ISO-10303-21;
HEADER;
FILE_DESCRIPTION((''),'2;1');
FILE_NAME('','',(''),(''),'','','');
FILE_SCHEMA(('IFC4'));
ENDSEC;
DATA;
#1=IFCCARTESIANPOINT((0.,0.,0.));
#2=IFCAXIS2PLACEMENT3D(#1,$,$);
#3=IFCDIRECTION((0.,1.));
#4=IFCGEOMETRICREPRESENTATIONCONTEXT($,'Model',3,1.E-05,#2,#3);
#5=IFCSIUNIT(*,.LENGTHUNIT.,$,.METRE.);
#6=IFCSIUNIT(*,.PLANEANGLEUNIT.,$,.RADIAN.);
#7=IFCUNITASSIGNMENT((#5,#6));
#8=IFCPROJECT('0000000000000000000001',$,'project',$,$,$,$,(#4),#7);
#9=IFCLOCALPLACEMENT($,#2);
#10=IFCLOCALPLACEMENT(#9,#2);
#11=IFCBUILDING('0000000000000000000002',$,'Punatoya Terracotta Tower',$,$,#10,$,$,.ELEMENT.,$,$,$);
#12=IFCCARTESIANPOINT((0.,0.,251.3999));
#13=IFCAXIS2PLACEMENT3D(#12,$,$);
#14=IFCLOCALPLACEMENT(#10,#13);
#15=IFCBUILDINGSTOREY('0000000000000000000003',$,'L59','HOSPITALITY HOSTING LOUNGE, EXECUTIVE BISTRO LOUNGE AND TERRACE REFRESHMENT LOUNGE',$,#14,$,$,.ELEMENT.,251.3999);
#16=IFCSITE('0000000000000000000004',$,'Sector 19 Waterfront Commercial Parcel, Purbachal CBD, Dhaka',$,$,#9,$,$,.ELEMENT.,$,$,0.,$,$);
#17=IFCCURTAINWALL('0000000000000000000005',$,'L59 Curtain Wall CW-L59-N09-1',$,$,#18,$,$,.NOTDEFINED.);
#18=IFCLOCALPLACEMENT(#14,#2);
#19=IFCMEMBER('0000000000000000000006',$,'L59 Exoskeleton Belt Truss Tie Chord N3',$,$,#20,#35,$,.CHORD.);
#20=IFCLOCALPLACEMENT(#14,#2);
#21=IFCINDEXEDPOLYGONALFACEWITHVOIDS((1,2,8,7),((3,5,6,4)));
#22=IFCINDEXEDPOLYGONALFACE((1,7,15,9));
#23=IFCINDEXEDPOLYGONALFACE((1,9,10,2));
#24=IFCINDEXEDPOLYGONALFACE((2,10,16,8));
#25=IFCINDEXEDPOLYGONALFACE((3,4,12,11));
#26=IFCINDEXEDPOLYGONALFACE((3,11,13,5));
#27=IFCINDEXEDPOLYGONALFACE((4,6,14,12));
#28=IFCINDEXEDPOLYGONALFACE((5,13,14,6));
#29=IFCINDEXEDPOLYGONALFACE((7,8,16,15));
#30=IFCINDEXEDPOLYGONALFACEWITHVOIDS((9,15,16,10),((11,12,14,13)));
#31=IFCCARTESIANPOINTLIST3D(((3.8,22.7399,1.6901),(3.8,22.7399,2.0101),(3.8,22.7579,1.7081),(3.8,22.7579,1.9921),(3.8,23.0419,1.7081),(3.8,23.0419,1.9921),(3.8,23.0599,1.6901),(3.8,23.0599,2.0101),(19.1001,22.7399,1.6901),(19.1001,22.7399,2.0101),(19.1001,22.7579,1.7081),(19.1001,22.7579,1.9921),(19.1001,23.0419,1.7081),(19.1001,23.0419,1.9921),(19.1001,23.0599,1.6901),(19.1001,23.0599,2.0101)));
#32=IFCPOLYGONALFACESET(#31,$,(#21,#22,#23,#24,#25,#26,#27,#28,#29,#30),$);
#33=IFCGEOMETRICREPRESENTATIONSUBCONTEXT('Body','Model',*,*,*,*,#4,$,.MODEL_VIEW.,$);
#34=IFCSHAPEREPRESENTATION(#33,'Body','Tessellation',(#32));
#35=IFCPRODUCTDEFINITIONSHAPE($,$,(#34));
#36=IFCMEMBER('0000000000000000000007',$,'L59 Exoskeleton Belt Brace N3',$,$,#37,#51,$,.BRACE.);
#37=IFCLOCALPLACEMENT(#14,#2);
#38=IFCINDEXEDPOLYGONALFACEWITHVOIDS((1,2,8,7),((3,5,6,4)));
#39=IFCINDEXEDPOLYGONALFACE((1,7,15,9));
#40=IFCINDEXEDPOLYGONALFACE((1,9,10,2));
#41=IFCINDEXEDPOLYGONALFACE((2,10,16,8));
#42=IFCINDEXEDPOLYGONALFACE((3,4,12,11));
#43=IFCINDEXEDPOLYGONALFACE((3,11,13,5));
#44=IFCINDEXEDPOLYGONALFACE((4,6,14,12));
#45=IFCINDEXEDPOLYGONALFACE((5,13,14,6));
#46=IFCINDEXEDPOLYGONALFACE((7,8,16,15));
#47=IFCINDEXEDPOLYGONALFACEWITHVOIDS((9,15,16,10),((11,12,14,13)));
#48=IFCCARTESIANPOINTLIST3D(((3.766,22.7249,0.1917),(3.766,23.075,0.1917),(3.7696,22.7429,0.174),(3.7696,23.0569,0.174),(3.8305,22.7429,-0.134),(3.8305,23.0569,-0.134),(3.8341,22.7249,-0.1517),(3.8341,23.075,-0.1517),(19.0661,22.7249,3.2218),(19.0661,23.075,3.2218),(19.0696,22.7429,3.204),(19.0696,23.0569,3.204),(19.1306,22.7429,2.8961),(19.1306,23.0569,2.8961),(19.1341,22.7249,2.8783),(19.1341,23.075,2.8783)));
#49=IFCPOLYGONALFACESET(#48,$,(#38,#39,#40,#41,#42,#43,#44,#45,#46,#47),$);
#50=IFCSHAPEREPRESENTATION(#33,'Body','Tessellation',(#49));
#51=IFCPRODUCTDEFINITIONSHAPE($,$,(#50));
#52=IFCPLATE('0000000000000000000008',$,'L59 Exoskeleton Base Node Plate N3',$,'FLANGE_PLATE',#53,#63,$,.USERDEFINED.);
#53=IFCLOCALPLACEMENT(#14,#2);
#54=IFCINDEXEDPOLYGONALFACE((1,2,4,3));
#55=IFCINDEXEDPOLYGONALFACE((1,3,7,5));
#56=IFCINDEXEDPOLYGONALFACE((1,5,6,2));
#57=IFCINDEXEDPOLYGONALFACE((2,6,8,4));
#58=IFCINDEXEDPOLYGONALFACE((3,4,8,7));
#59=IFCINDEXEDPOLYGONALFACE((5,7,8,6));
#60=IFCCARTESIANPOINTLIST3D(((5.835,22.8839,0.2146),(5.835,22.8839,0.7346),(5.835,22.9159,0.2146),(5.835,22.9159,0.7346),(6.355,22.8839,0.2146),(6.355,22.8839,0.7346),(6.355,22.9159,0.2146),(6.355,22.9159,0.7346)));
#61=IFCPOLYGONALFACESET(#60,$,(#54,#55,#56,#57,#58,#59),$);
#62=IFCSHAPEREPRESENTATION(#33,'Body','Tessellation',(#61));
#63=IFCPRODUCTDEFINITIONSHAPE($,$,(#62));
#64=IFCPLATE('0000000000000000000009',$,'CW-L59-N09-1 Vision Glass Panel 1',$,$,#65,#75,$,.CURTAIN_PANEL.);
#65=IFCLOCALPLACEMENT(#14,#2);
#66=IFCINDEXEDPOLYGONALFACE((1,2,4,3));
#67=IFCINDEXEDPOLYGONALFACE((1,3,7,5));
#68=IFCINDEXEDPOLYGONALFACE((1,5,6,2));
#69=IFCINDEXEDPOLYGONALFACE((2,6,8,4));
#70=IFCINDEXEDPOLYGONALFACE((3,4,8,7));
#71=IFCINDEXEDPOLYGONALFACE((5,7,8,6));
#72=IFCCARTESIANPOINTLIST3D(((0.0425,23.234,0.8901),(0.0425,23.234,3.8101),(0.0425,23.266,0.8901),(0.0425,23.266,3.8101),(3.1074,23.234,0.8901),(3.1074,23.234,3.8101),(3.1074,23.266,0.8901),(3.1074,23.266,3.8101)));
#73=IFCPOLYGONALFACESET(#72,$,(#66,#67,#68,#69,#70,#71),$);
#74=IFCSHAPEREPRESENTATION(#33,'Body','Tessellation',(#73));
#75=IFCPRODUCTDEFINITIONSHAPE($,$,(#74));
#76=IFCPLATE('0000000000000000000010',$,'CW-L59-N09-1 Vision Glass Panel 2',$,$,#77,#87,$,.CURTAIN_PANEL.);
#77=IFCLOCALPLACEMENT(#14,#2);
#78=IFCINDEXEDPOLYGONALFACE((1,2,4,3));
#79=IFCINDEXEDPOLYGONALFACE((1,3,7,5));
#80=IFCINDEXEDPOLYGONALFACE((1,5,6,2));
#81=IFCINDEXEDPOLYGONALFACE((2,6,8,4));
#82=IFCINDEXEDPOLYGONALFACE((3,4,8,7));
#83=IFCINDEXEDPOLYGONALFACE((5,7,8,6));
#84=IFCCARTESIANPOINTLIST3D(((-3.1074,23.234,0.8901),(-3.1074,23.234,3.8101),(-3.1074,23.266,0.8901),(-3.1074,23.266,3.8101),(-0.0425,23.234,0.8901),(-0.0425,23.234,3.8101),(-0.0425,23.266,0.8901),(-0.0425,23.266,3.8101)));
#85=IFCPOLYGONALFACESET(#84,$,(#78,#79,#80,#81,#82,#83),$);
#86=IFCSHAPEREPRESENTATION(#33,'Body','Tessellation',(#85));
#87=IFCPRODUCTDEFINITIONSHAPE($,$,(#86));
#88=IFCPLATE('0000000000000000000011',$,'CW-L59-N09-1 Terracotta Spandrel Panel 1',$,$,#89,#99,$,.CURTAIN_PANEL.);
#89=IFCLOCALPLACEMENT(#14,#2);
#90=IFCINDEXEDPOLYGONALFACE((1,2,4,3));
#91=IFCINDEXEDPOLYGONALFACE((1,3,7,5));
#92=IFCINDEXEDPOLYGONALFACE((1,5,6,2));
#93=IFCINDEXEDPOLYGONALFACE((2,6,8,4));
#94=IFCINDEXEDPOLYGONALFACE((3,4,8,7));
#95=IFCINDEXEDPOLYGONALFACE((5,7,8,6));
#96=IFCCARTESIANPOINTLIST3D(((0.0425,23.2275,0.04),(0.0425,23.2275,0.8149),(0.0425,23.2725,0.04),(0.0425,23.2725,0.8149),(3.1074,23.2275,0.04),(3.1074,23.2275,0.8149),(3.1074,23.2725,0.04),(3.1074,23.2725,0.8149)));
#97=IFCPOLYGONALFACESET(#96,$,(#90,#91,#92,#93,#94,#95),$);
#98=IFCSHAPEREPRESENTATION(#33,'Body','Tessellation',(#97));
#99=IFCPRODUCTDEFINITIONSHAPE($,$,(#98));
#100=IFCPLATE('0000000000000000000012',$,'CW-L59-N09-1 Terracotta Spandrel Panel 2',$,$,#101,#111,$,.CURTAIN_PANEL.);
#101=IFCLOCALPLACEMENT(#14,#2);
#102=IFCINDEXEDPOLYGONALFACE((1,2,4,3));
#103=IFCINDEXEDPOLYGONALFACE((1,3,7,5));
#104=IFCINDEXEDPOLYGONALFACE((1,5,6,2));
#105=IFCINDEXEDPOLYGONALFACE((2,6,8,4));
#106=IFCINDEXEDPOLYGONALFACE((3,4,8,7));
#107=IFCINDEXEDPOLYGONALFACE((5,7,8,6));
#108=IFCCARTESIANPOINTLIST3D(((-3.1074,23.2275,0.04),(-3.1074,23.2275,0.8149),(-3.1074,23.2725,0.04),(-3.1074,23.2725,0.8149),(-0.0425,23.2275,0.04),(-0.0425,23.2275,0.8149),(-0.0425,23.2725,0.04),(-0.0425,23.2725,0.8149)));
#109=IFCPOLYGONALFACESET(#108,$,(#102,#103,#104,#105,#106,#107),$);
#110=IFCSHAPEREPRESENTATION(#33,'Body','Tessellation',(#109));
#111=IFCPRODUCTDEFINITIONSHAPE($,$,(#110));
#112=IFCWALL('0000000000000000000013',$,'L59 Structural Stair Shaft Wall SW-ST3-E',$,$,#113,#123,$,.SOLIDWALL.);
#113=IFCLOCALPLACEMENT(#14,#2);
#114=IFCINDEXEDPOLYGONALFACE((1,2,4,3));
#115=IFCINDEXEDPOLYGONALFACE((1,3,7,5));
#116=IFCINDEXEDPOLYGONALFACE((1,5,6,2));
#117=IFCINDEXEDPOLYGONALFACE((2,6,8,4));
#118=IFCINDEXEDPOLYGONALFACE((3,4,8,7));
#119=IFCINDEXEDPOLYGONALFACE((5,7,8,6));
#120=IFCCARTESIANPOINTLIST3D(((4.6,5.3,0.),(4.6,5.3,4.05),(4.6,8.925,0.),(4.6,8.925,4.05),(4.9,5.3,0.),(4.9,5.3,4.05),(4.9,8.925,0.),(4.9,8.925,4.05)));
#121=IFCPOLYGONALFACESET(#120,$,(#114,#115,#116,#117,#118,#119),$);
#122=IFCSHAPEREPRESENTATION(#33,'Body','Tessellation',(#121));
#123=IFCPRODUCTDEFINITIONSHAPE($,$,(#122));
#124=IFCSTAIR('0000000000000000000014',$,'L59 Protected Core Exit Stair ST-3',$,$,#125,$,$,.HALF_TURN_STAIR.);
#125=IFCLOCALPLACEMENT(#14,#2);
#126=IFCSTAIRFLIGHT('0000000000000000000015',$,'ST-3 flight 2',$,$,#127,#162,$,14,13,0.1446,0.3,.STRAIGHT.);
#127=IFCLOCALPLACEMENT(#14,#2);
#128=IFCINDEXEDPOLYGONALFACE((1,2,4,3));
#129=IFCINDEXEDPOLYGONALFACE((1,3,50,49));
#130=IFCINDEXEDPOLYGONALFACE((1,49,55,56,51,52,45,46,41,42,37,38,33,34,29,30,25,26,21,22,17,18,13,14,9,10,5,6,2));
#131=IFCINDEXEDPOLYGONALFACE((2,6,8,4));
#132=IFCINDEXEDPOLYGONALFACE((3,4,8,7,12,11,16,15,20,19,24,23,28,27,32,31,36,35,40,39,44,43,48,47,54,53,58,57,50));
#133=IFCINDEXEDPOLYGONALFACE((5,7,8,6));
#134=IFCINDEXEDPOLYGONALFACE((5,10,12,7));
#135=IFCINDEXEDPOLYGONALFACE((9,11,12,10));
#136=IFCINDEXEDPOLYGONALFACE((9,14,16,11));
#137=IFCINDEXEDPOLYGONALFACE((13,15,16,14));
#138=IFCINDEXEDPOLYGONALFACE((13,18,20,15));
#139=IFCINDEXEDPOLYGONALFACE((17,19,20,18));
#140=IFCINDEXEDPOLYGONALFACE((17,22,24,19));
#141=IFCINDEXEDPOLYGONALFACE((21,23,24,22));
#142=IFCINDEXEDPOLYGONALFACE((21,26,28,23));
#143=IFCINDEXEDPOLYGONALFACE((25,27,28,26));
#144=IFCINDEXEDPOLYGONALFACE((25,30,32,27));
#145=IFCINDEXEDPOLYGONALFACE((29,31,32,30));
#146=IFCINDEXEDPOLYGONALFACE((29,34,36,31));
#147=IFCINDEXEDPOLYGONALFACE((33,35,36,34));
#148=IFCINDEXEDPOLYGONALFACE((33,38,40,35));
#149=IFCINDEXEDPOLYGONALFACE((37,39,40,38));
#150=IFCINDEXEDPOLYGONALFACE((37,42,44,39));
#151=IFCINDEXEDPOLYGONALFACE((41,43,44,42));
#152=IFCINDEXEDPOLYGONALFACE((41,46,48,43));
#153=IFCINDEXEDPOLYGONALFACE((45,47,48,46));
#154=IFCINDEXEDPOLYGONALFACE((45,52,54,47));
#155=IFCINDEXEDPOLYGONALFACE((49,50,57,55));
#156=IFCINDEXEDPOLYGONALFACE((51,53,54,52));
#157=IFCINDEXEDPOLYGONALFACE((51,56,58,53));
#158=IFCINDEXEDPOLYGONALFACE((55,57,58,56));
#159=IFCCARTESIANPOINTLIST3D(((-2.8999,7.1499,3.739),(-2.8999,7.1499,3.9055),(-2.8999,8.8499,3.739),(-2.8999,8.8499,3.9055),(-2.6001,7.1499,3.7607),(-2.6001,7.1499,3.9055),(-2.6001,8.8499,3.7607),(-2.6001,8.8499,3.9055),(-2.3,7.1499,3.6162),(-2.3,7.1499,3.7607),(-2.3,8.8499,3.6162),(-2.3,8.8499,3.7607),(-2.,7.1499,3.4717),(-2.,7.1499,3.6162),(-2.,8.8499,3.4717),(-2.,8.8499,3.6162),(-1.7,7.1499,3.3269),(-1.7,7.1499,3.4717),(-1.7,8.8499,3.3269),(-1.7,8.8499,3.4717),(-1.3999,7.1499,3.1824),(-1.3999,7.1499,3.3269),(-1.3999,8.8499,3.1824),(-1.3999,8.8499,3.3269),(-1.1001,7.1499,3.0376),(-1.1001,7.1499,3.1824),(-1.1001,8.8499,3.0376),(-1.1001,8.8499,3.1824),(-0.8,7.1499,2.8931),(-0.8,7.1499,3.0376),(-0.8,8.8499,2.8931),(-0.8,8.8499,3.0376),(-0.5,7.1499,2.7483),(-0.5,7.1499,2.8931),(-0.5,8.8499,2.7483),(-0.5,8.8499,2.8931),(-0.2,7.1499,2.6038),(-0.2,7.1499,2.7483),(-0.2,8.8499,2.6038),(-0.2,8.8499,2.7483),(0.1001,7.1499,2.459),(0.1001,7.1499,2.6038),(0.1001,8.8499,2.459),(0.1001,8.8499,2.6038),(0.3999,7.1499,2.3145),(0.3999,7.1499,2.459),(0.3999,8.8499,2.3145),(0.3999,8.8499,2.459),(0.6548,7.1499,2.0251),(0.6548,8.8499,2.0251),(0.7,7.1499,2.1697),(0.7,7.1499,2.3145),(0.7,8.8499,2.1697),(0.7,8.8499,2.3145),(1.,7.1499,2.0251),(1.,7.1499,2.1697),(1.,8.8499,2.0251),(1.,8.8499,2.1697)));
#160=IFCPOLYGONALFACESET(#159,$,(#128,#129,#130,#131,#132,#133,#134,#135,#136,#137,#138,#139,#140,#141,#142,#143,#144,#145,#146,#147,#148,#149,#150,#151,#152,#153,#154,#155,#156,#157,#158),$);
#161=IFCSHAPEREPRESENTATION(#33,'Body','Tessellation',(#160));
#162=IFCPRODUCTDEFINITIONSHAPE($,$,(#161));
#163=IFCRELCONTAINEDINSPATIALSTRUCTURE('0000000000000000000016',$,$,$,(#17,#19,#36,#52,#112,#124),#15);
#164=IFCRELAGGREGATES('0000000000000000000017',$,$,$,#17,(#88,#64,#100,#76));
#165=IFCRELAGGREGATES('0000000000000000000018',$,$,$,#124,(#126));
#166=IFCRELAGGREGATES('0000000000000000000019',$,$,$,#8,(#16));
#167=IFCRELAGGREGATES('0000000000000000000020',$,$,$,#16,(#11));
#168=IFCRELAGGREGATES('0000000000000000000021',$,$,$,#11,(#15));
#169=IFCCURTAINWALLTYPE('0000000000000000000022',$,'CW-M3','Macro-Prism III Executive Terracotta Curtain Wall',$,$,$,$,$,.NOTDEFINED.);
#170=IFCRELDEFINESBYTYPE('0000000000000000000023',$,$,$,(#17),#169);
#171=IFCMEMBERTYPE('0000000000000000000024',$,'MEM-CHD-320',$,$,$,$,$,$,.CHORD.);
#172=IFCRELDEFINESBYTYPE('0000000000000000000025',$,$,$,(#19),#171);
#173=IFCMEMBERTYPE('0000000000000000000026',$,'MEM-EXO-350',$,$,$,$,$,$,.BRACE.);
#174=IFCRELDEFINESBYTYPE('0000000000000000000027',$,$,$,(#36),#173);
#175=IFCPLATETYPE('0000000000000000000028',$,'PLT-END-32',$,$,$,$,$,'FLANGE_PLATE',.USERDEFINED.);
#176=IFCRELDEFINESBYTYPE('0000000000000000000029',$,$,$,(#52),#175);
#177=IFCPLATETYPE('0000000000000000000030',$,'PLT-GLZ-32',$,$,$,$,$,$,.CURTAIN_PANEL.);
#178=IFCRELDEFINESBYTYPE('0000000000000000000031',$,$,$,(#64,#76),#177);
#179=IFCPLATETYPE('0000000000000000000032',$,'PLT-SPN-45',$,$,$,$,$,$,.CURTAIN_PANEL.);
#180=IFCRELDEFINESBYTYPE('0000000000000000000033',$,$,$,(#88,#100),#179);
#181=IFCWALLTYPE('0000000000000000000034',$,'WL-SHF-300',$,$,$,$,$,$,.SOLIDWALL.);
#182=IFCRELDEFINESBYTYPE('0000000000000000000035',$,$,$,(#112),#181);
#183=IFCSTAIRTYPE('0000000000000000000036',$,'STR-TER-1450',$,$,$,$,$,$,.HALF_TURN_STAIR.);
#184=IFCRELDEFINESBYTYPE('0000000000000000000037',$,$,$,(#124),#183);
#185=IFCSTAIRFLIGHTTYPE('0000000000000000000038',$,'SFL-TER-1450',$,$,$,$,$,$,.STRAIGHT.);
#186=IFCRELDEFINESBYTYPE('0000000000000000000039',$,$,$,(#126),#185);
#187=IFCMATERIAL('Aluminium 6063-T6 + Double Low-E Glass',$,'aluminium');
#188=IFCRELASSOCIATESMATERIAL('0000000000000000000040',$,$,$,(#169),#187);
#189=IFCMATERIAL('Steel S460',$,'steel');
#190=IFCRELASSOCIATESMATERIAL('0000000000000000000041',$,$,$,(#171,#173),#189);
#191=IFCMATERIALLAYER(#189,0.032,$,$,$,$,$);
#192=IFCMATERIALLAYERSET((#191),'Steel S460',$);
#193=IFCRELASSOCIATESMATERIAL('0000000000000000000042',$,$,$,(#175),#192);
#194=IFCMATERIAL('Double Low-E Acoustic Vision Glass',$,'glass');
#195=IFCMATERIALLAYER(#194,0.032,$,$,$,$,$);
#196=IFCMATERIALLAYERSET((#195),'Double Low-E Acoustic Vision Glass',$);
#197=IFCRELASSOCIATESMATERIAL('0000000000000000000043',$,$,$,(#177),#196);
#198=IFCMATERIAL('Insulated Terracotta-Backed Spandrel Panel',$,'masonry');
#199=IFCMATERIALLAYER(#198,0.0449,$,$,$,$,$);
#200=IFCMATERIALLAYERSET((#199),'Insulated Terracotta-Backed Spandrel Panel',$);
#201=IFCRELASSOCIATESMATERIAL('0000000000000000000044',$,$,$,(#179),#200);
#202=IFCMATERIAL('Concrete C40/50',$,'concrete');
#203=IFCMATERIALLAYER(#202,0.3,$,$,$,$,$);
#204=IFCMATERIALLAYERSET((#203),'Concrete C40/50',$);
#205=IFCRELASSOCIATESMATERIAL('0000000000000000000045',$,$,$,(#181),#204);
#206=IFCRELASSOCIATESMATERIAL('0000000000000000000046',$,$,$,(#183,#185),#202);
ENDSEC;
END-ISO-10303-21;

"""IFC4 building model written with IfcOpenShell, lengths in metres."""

from ifc_helpers import new_model, si_unit, direction, frame, frame_2d, origin, origin_2d, place, context, subcontext, project, spatial, polyline, rectangle, hollow_rectangle, outline, extrude, material, layer, layer_set, material_profile, profile_set, type_object, element, aggregate, save


model = new_model("IFC4")

# Units and contexts
model_context = context("Model", 3, precision=1e-05, world=origin(), true_north=direction((0.0, 1.0)))
body_context = subcontext(model_context, "Body", "Model", "MODEL_VIEW")
ifc_project = project(units=[si_unit("LENGTHUNIT", "METRE"), si_unit("PLANEANGLEUNIT", "RADIAN")], contexts=[model_context])

# Site, building, storey
site_placement = place(None, origin())
site = spatial("IfcSite", under=ifc_project, at=site_placement, Name="Sector 19 Waterfront Commercial Parcel, Purbachal CBD, Dhaka", CompositionType="ELEMENT", RefElevation=0.0)
building_placement = place(site_placement, origin())
building = spatial("IfcBuilding", under=site, at=building_placement, Name="Punatoya Terracotta Tower", CompositionType="ELEMENT")
storey_placement = place(building_placement, frame((0.0, 0.0, 251.3999)))
storey = spatial("IfcBuildingStorey", under=building, at=storey_placement, Name="L59", Description="HOSPITALITY HOSTING LOUNGE, EXECUTIVE BISTRO LOUNGE AND TERRACE REFRESHMENT LOUNGE", CompositionType="ELEMENT", Elevation=251.3999)

# Shared definitions
ifc_material_1 = material(Name="Steel S460", Category="steel")

# Curtain wall
ifc_material_2 = material(Name="Aluminium 6063-T6 + Double Low-E Glass", Category="aluminium")
curtain_wall_type = type_object("IfcCurtainWallType", Name="CW-M3", Description="Macro-Prism III Executive Terracotta Curtain Wall", PredefinedType="NOTDEFINED", material=ifc_material_2)
curtain_wall_placement = place(storey_placement, origin())
curtain_wall = element("IfcCurtainWall", 1, at=curtain_wall_placement, inside=storey, type_object=curtain_wall_type, Name="L59 Curtain Wall CW-L59-N09-1", PredefinedType="NOTDEFINED")

# Members
ifc_material_profile_1 = material_profile(ifc_material_1, hollow_rectangle(XDim=0.3201, YDim=0.3201, WallThickness=0.0181, at=origin_2d()))
ifc_profile_set_1 = profile_set([ifc_material_profile_1], Name="Steel S460")
member_type_1 = type_object("IfcMemberType", Name="MEM-CHD-320", PredefinedType="CHORD", material=ifc_profile_set_1)
member_1_placement = place(storey_placement, frame((3.8, 22.8999, 1.8501), z_axis=(1.0, 0.0, 0.0), x_axis=(0.0, 1.0, 0.0)))
element("IfcMember", 2, at=member_1_placement, inside=storey, type_object=member_type_1, Name="L59 Exoskeleton Belt Truss Tie Chord N3", PredefinedType="CHORD", context=body_context, shape_type="SweptSolid", body=[
    extrude(hollow_rectangle(XDim=0.3201, YDim=0.3201, WallThickness=0.0181, at=origin_2d()), origin(), (0.0, 0.0, 1.0), 15.3),
])
ifc_material_profile_2 = material_profile(ifc_material_1, hollow_rectangle(XDim=0.3501, YDim=0.3501, WallThickness=0.0181, at=origin_2d()))
ifc_profile_set_2 = profile_set([ifc_material_profile_2], Name="Steel S460")
member_type_2 = type_object("IfcMemberType", Name="MEM-EXO-350", PredefinedType="BRACE", material=ifc_profile_set_2)
member_2_placement = place(storey_placement, frame((3.8, 22.8999, 0.02), z_axis=(0.980949, 0.0, 0.194268), x_axis=(0.0, 1.0, 0.0)))
element("IfcMember", 3, at=member_2_placement, inside=storey, type_object=member_type_2, Name="L59 Exoskeleton Belt Brace N3", PredefinedType="BRACE", context=body_context, shape_type="SweptSolid", body=[
    extrude(hollow_rectangle(XDim=0.3501, YDim=0.3501, WallThickness=0.0181, at=origin_2d()), origin(), (0.0, 0.0, 1.0), 15.5972),
])

# Plates
ifc_layer_1 = layer(ifc_material_1, 0.032)
ifc_layer_set_1 = layer_set([ifc_layer_1], Name="Steel S460")
plate_type_1 = type_object("IfcPlateType", Name="PLT-END-32", ElementType="FLANGE_PLATE", PredefinedType="USERDEFINED", material=ifc_layer_set_1)
plate_1_placement = place(storey_placement, frame((6.095, 22.8999, 0.2146), z_axis=(0.0, 0.0, 1.0), x_axis=(1.0, 0.0, 0.0)))
element("IfcPlate", 4, at=plate_1_placement, inside=storey, type_object=plate_type_1, Name="L59 Exoskeleton Base Node Plate N3", ObjectType="FLANGE_PLATE", PredefinedType="USERDEFINED", context=body_context, shape_type="SweptSolid", body=[
    extrude(rectangle(XDim=0.52, YDim=0.032, at=origin_2d()), origin(), (0.0, 0.0, 1.0), 0.52),
])
ifc_material_3 = material(Name="Double Low-E Acoustic Vision Glass", Category="glass")
ifc_layer_2 = layer(ifc_material_3, 0.032)
ifc_layer_set_2 = layer_set([ifc_layer_2], Name="Double Low-E Acoustic Vision Glass")
plate_type_2 = type_object("IfcPlateType", Name="PLT-GLZ-32", PredefinedType="CURTAIN_PANEL", material=ifc_layer_set_2)
plate_2_placement = place(storey_placement, frame((1.575, 23.25, 0.8901), z_axis=(0.0, 0.0, 1.0), x_axis=(-1.0, 0.0, 0.0)))
plate_2 = element("IfcPlate", 5, at=plate_2_placement, type_object=plate_type_2, Name="CW-L59-N09-1 Vision Glass Panel 1", PredefinedType="CURTAIN_PANEL", context=body_context, shape_type="SweptSolid", body=[
    extrude(rectangle(XDim=3.0649, YDim=0.032, at=origin_2d()), origin(), (0.0, 0.0, 1.0), 2.9199),
])
plate_3_placement = place(storey_placement, frame((-1.575, 23.25, 0.8901), z_axis=(0.0, 0.0, 1.0), x_axis=(-1.0, 0.0, 0.0)))
plate_3 = element("IfcPlate", 6, at=plate_3_placement, type_object=plate_type_2, Name="CW-L59-N09-1 Vision Glass Panel 2", PredefinedType="CURTAIN_PANEL", context=body_context, shape_type="SweptSolid", body=[
    extrude(rectangle(XDim=3.0649, YDim=0.032, at=origin_2d()), origin(), (0.0, 0.0, 1.0), 2.9199),
])
ifc_material_4 = material(Name="Insulated Terracotta-Backed Spandrel Panel", Category="masonry")
ifc_layer_3 = layer(ifc_material_4, 0.0449)
ifc_layer_set_3 = layer_set([ifc_layer_3], Name="Insulated Terracotta-Backed Spandrel Panel")
plate_type_3 = type_object("IfcPlateType", Name="PLT-SPN-45", PredefinedType="CURTAIN_PANEL", material=ifc_layer_set_3)
plate_4_placement = place(storey_placement, frame((1.575, 23.25, 0.04), z_axis=(0.0, 0.0, 1.0), x_axis=(-1.0, 0.0, 0.0)))
plate_4 = element("IfcPlate", 7, at=plate_4_placement, type_object=plate_type_3, Name="CW-L59-N09-1 Terracotta Spandrel Panel 1", PredefinedType="CURTAIN_PANEL", context=body_context, shape_type="SweptSolid", body=[
    extrude(rectangle(XDim=3.0649, YDim=0.0449, at=origin_2d()), origin(), (0.0, 0.0, 1.0), 0.7749),
])
plate_5_placement = place(storey_placement, frame((-1.575, 23.25, 0.04), z_axis=(0.0, 0.0, 1.0), x_axis=(-1.0, 0.0, 0.0)))
plate_5 = element("IfcPlate", 8, at=plate_5_placement, type_object=plate_type_3, Name="CW-L59-N09-1 Terracotta Spandrel Panel 2", PredefinedType="CURTAIN_PANEL", context=body_context, shape_type="SweptSolid", body=[
    extrude(rectangle(XDim=3.0649, YDim=0.0449, at=origin_2d()), origin(), (0.0, 0.0, 1.0), 0.7749),
])
aggregate(curtain_wall, [plate_4, plate_2, plate_5, plate_3])

# Wall
ifc_material_5 = material(Name="Concrete C40/50", Category="concrete")
ifc_layer_4 = layer(ifc_material_5, 0.3)
ifc_layer_set_4 = layer_set([ifc_layer_4], Name="Concrete C40/50")
wall_type = type_object("IfcWallType", Name="WL-SHF-300", PredefinedType="SOLIDWALL", material=ifc_layer_set_4)
wall_placement = place(storey_placement, frame((4.75, 8.925, 0.0), z_axis=(0.0, 0.0, 1.0), x_axis=(0.0, -1.0, 0.0)))
element("IfcWall", 9, at=wall_placement, inside=storey, type_object=wall_type, Name="L59 Structural Stair Shaft Wall SW-ST3-E", PredefinedType="SOLIDWALL", context=body_context, shape_type="SweptSolid", body=[
    extrude(rectangle(XDim=3.625, YDim=0.3, at=frame_2d((1.8125, 0.0))), origin(), (0.0, 0.0, 1.0), 4.05),
])

# Stair, stair flight
stair_type = type_object("IfcStairType", Name="STR-TER-1450", PredefinedType="HALF_TURN_STAIR", material=ifc_material_5)
stair_placement = place(storey_placement, origin())
stair = element("IfcStair", 10, at=stair_placement, inside=storey, type_object=stair_type, Name="L59 Protected Core Exit Stair ST-3", PredefinedType="HALF_TURN_STAIR")
stair_flight_type = type_object("IfcStairFlightType", Name="SFL-TER-1450", PredefinedType="STRAIGHT", material=ifc_material_5)
stair_flight_placement = place(storey_placement, frame((1.0, 8.0, 2.0251), z_axis=(0.0, 0.0, 1.0), x_axis=(-1.0, 0.0, 0.0)))
stair_flight = element("IfcStairFlight", 11, at=stair_flight_placement, type_object=stair_flight_type, Name="ST-3 flight 2", NumberOfRisers=14, NumberOfTreads=13, PredefinedType="STRAIGHT", RiserHeight=0.1446, TreadLength=0.3, context=body_context, shape_type="SweptSolid", body=[
    extrude(outline(polyline([(0.0, 0.0), (0.0, 0.1445), (0.3, 0.1445), (0.3, 0.2893), (0.6001, 0.2893), (0.6001, 0.4338), (0.8999, 0.4338), (0.8999, 0.5786), (1.2, 0.5786), (1.2, 0.7231), (1.5, 0.7231), (1.5, 0.8679), (1.8, 0.8679), (1.8, 1.0125), (2.1001, 1.0125), (2.1001, 1.1572), (2.3999, 1.1572), (2.3999, 1.3018), (2.7, 1.3018), (2.7, 1.4465), (3.0, 1.4465), (3.0, 1.5911), (3.3, 1.5911), (3.3, 1.7356), (3.6001, 1.7356), (3.6001, 1.8804), (3.8999, 1.8804), (3.8999, 2.0249), (3.8999, 1.7139), (0.3452, 0.0), (0.0, 0.0)])), frame((0.0, 0.8501, 0.0), z_axis=(0.0, -1.0, 0.0), x_axis=(1.0, 0.0, 0.0)), (0.0, 0.0, 1.0), 1.7),
])
aggregate(stair, [stair_flight])

save(model, "model.ifc")
